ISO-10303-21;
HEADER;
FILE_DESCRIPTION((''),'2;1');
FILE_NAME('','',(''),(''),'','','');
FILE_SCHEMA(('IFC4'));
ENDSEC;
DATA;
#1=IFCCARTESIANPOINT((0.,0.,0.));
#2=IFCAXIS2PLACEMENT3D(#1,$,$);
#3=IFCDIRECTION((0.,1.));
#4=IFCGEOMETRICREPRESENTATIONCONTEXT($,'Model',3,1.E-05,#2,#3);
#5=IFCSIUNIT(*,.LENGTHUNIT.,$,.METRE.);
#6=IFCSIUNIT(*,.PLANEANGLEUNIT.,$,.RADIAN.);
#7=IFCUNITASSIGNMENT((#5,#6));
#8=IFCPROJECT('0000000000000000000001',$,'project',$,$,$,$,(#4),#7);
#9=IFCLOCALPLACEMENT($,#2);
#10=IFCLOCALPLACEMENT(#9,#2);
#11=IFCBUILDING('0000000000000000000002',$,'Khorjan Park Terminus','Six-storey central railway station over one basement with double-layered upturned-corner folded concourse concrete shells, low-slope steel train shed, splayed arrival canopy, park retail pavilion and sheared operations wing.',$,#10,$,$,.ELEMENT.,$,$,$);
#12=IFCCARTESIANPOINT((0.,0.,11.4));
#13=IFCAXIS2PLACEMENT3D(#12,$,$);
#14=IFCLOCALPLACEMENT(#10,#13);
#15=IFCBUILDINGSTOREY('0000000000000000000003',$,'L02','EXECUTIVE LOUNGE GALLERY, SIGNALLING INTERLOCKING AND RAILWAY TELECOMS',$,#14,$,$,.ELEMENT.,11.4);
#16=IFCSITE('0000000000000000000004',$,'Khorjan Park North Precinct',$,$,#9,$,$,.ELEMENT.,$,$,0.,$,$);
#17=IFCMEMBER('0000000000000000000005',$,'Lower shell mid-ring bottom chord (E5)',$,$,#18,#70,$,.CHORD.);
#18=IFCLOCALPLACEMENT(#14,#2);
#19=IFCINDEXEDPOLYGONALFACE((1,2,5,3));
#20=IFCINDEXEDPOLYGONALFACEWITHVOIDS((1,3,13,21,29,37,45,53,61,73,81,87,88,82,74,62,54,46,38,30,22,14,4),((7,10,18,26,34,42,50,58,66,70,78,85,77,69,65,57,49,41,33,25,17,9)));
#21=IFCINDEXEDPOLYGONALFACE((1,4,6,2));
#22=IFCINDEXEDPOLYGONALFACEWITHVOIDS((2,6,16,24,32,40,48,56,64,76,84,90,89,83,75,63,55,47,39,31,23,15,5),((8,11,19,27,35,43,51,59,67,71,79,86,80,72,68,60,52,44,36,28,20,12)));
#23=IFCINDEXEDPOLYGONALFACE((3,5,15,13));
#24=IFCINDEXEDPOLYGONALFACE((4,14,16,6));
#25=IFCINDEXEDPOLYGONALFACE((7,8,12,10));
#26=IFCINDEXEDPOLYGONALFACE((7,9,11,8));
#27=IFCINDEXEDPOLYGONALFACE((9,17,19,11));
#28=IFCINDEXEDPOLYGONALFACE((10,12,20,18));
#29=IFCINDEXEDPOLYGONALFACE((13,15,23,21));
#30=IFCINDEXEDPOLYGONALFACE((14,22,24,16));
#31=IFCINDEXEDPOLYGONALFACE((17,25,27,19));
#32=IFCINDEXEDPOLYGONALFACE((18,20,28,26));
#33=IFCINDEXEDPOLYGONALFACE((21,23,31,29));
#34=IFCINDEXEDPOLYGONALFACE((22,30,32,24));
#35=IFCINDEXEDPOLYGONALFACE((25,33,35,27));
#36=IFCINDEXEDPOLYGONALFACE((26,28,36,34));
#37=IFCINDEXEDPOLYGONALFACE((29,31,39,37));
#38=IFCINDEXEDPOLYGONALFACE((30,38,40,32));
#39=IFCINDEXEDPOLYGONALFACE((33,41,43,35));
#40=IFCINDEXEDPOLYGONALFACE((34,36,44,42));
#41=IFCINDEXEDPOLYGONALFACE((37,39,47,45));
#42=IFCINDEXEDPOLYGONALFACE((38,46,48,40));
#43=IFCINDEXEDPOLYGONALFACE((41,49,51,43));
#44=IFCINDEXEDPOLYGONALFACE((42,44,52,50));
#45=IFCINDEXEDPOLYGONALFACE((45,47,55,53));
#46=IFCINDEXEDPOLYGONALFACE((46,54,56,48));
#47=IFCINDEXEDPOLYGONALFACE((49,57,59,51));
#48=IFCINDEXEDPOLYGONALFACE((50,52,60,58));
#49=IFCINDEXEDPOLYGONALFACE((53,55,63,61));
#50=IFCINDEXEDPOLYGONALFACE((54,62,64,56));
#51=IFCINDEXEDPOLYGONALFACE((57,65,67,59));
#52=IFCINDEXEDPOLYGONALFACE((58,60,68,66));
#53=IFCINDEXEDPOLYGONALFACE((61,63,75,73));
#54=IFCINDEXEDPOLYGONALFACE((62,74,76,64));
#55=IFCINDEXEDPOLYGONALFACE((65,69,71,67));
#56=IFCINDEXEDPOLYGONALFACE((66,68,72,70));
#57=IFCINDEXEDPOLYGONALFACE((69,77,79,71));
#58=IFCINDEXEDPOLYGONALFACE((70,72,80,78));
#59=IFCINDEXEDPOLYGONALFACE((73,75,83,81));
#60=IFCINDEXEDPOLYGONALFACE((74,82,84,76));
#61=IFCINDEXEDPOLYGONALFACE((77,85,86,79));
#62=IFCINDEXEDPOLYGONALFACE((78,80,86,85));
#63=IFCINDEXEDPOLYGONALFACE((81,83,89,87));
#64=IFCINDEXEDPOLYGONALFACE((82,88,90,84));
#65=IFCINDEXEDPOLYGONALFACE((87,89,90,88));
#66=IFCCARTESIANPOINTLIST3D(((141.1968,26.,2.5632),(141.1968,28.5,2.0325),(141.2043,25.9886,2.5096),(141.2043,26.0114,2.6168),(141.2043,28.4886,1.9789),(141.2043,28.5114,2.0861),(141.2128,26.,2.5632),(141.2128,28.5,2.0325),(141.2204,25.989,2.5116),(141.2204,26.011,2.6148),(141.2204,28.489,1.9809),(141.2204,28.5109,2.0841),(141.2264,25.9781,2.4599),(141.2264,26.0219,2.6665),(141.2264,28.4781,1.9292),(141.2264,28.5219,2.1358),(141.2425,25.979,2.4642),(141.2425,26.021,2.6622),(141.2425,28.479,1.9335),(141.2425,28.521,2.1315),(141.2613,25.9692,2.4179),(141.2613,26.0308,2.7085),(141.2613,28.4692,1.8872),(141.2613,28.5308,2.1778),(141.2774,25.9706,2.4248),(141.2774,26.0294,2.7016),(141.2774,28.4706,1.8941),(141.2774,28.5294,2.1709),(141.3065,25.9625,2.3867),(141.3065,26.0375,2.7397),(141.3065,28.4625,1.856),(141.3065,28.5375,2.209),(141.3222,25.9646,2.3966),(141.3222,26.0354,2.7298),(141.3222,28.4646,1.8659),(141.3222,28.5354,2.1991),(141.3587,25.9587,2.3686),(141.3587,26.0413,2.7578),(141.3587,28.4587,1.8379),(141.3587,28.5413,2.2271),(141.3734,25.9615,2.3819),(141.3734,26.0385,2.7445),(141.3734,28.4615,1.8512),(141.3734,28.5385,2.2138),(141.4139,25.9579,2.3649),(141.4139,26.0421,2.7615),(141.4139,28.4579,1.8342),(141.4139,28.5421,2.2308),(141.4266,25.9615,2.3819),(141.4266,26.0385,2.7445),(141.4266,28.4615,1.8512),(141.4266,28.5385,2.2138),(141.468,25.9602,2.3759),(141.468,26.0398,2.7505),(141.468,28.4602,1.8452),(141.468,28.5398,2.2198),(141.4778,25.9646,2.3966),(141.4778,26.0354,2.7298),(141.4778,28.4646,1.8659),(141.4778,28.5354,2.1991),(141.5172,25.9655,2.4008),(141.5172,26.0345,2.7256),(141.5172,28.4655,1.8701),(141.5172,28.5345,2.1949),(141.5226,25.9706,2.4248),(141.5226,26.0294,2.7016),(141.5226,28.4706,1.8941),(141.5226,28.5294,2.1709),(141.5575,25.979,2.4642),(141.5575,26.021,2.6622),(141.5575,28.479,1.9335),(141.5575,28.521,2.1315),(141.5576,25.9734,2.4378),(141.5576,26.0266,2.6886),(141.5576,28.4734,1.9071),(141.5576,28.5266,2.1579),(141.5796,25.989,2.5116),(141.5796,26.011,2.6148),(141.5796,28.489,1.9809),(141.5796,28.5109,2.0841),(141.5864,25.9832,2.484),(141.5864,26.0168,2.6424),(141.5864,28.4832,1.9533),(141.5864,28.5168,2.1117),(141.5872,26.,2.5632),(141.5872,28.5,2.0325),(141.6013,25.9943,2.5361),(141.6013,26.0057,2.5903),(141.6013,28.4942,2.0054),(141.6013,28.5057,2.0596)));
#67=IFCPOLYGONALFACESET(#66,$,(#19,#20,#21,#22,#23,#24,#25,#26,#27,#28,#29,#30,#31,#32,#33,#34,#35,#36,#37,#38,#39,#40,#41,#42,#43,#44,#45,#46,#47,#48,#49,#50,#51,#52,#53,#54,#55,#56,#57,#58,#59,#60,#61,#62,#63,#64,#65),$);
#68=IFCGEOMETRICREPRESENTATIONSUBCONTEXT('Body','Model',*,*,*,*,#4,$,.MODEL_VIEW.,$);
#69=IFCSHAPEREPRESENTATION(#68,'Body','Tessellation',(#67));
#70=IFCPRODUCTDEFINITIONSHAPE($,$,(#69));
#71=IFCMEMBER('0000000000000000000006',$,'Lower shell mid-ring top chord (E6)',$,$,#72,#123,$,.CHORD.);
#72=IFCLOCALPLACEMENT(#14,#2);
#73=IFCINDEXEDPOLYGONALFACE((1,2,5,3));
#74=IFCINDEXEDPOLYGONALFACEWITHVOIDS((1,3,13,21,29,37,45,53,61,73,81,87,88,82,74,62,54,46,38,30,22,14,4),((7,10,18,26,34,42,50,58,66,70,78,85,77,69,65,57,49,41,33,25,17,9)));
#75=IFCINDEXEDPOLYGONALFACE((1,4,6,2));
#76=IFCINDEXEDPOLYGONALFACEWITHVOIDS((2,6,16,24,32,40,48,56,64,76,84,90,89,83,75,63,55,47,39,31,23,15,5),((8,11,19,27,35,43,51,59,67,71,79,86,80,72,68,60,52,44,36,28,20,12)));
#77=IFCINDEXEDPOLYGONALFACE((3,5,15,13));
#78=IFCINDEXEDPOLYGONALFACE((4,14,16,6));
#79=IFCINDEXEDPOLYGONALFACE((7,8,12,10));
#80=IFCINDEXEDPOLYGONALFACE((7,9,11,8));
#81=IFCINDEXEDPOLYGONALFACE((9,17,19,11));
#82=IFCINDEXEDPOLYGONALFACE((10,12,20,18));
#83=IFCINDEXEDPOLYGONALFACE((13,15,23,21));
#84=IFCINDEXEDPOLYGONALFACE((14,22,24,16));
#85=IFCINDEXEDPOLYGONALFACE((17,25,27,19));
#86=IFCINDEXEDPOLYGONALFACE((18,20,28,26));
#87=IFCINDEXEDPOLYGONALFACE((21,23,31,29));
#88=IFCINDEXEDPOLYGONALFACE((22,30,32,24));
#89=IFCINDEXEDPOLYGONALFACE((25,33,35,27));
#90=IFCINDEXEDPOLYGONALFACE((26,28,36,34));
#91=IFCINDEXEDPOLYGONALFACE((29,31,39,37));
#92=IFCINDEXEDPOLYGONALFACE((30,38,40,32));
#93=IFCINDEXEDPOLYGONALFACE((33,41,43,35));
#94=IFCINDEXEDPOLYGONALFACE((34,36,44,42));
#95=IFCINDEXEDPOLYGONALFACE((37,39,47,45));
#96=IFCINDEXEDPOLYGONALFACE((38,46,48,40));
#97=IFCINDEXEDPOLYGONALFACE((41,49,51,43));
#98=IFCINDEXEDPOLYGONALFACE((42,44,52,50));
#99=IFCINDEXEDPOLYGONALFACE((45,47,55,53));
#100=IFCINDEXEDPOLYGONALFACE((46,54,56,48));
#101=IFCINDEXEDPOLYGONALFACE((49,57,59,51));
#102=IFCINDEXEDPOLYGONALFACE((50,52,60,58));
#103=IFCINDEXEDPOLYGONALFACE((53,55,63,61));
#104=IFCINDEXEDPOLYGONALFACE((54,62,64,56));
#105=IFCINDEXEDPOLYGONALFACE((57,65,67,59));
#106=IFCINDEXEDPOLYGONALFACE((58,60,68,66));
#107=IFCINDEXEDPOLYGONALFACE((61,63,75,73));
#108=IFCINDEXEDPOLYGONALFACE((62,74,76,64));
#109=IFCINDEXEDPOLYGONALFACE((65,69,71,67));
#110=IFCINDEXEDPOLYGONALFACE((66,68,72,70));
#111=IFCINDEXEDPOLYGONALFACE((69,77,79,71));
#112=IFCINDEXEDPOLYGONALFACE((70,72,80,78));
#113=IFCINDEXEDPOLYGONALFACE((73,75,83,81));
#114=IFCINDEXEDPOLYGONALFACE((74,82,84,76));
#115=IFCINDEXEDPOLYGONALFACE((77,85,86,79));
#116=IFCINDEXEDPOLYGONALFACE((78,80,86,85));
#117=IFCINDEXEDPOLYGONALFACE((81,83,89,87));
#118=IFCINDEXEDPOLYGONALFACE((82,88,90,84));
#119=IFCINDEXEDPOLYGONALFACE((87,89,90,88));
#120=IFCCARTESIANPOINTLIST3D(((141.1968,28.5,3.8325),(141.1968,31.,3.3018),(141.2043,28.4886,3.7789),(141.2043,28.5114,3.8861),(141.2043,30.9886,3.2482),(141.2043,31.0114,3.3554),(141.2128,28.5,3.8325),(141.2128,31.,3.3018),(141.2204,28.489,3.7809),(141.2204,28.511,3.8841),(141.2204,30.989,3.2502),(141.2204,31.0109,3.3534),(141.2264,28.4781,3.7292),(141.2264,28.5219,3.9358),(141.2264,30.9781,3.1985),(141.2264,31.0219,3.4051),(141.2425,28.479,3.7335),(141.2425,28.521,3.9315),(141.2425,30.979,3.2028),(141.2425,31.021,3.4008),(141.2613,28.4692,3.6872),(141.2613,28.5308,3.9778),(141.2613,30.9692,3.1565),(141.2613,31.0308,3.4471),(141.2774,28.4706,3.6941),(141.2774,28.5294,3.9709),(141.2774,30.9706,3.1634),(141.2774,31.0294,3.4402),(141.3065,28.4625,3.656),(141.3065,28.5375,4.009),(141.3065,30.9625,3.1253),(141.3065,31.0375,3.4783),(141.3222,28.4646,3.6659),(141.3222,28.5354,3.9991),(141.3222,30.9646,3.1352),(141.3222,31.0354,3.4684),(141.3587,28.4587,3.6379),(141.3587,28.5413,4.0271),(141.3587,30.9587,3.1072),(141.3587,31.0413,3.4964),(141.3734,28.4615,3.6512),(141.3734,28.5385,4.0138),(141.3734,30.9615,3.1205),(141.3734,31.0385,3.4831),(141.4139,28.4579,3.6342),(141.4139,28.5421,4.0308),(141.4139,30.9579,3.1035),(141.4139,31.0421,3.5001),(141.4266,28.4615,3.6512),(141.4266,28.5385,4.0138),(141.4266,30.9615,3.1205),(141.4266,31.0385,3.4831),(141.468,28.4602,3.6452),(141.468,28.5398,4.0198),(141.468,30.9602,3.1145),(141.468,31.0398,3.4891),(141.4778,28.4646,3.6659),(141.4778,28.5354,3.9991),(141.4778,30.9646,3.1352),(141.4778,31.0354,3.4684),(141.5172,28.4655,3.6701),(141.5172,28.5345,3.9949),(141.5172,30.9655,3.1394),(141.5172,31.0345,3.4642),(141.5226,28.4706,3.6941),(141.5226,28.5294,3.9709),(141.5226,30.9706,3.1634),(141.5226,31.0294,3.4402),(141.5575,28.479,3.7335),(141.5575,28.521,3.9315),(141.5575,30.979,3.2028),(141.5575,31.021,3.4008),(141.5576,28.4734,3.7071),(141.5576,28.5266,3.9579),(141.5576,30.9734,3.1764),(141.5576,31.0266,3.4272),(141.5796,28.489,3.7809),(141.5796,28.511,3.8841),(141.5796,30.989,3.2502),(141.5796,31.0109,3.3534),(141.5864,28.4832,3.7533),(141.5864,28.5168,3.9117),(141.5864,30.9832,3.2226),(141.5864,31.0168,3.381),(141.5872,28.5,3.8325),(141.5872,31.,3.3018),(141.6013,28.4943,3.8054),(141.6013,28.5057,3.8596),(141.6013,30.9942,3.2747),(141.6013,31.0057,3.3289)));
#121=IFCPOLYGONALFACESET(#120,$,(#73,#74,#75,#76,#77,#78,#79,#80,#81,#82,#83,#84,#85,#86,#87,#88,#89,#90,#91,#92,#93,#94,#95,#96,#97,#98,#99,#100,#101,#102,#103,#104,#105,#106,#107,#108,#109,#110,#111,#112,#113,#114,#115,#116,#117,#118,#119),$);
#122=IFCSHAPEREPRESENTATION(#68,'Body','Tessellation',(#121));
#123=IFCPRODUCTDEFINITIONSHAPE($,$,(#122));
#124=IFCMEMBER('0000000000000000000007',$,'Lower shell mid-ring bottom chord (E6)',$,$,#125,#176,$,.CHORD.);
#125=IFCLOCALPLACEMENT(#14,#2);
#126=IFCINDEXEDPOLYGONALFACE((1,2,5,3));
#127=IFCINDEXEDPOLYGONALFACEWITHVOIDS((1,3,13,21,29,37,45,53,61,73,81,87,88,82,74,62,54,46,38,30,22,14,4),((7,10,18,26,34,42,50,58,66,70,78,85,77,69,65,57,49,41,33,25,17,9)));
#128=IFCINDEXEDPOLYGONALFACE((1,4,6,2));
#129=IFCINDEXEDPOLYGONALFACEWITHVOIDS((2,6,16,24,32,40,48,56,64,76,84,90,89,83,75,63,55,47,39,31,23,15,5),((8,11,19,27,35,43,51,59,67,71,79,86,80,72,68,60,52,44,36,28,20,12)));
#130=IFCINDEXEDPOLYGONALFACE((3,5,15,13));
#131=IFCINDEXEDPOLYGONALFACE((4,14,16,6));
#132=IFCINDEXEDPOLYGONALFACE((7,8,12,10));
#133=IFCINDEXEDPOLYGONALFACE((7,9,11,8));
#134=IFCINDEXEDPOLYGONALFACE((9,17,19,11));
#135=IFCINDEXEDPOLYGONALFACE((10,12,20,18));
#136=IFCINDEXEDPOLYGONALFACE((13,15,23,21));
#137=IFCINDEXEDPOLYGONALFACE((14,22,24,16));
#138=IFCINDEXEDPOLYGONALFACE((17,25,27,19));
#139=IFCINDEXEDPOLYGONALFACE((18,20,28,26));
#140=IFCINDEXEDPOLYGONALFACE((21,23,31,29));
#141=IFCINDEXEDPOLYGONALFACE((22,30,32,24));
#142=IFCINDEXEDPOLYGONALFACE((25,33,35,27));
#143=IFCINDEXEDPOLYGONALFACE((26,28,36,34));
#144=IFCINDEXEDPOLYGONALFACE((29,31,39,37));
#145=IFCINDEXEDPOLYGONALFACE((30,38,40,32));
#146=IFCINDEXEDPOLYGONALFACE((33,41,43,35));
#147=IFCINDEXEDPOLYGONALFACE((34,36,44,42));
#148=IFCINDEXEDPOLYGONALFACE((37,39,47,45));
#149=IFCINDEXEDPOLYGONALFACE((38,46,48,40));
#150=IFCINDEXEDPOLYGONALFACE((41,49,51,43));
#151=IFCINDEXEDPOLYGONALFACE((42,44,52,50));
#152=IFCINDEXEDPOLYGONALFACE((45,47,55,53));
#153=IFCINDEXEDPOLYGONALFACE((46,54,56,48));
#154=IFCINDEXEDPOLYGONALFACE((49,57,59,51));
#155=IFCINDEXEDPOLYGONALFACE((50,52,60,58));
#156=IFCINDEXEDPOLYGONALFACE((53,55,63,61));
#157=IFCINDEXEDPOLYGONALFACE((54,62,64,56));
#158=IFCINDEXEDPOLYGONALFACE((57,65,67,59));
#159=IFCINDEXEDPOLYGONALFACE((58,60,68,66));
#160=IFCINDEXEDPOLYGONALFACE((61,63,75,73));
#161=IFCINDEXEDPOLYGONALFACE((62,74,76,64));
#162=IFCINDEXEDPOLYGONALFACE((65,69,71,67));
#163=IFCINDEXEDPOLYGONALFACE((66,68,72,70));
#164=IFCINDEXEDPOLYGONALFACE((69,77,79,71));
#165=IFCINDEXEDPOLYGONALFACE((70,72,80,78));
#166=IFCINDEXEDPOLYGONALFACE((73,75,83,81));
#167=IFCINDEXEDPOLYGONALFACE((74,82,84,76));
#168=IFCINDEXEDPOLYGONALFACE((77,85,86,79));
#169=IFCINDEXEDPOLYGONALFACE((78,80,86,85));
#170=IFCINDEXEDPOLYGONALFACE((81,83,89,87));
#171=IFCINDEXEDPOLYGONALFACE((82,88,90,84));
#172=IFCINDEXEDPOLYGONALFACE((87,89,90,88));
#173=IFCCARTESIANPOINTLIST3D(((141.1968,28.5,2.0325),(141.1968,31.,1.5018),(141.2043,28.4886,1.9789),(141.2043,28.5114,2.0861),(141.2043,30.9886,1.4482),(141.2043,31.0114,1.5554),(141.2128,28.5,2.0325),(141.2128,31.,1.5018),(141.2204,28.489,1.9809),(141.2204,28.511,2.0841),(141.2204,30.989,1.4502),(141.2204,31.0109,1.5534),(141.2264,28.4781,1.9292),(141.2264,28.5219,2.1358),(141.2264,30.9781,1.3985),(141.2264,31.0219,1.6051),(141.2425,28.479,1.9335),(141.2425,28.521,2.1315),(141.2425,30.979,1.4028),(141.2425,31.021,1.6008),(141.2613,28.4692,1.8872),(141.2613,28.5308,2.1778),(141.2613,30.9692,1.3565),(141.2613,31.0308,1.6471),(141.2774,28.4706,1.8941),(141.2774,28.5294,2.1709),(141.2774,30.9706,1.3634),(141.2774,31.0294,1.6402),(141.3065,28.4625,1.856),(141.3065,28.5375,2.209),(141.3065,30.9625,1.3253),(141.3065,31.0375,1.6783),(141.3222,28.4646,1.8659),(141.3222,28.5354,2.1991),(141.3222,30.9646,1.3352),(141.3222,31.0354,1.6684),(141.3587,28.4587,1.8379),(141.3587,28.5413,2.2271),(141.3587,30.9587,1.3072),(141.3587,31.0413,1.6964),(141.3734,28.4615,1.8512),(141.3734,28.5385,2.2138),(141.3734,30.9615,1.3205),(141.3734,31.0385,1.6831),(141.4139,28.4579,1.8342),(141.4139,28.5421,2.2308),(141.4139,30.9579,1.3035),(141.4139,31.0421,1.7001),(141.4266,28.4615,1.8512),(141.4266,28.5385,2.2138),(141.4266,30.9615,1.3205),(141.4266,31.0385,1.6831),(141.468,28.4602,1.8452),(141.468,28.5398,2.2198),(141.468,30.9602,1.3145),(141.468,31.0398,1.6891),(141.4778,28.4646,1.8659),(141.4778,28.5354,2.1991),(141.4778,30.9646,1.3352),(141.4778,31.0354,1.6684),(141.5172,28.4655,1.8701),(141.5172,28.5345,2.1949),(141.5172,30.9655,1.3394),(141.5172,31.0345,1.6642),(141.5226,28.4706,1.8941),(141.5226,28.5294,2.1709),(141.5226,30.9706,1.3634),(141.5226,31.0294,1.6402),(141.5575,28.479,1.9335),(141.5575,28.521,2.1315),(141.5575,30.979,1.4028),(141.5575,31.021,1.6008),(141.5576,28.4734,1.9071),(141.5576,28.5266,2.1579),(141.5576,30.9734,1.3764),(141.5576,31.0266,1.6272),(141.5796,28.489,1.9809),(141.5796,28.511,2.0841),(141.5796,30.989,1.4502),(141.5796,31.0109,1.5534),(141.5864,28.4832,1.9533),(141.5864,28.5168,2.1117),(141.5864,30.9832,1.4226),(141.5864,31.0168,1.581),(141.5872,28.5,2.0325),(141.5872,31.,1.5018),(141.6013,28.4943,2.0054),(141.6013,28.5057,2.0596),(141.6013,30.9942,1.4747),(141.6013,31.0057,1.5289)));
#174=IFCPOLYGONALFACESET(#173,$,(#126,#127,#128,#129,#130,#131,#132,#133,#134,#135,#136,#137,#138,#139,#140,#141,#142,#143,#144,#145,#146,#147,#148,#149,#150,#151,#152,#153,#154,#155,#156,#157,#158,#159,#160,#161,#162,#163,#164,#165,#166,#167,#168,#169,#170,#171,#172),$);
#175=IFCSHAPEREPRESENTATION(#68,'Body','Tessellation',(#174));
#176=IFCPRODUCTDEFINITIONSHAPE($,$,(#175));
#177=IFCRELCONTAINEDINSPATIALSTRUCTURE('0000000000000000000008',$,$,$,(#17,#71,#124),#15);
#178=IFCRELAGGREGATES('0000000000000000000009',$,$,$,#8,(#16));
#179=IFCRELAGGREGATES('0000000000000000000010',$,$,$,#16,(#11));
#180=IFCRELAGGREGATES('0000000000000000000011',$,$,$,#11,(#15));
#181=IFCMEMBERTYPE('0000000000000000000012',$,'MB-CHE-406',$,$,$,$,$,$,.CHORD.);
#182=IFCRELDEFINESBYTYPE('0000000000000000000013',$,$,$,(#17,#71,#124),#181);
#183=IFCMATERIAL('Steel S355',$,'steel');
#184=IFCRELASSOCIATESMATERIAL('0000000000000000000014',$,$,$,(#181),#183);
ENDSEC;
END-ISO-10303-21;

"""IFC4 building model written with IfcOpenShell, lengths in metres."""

from ifc_helpers import new_model, si_unit, direction, frame, origin, origin_2d, place, context, subcontext, project, spatial, hollow_circle, extrude, material, material_profile, profile_set, type_object, element, save


model = new_model("IFC4")

# Units and contexts
model_context = context("Model", 3, precision=1e-05, world=origin(), true_north=direction((0.0, 1.0)))
body_context = subcontext(model_context, "Body", "Model", "MODEL_VIEW")
ifc_project = project(units=[si_unit("LENGTHUNIT", "METRE"), si_unit("PLANEANGLEUNIT", "RADIAN")], contexts=[model_context])

# Site, building, storey
site_placement = place(None, origin())
site = spatial("IfcSite", under=ifc_project, at=site_placement, Name="Khorjan Park North Precinct", CompositionType="ELEMENT", RefElevation=0.0)
building_placement = place(site_placement, origin())
building = spatial("IfcBuilding", under=site, at=building_placement, Name="Khorjan Park Terminus", Description="Six-storey central railway station over one basement with double-layered upturned-corner folded concourse concrete shells, low-slope steel train shed, splayed arrival canopy, park retail pavilion and sheared operations wing.", CompositionType="ELEMENT")
storey_placement = place(building_placement, frame((0.0, 0.0, 11.4)))
storey = spatial("IfcBuildingStorey", under=building, at=storey_placement, Name="L02", Description="EXECUTIVE LOUNGE GALLERY, SIGNALLING INTERLOCKING AND RAILWAY TELECOMS", CompositionType="ELEMENT", Elevation=11.4)

# Shared definitions
ifc_material_1 = material(Name="Steel S355", Category="steel")

# Members
ifc_material_profile_1 = material_profile(ifc_material_1, hollow_circle(Radius=0.2032, WallThickness=0.016, at=origin_2d()), Name="CHS 406.4x16")
ifc_profile_set_1 = profile_set([ifc_material_profile_1], Name="Steel S355")
member_type_1 = type_object("IfcMemberType", Name="MB-CHE-406", PredefinedType="CHORD", material=ifc_profile_set_1)
for number, where, z_axis, x_axis, name in (
    (1, (141.4, 26.0, 2.5632), (0.0, 0.978203, -0.207653), (-1.0, 0.0, 0.0), "Lower shell mid-ring bottom chord (E5)"),
    (2, (141.4, 28.5, 3.8325), (0.0, 0.978203, -0.207653), (-1.0, 0.0, 0.0), "Lower shell mid-ring top chord (E6)"),
    (3, (141.4, 28.5, 2.0325), (0.0, 0.978203, -0.207653), (-1.0, 0.0, 0.0), "Lower shell mid-ring bottom chord (E6)"),
):
    element("IfcMember", number, at=place(storey_placement, frame(where, z_axis=z_axis, x_axis=x_axis)), inside=storey, type_object=member_type_1, Name=name, PredefinedType="CHORD", context=body_context, shape_type="SweptSolid", body=[
        extrude(hollow_circle(Radius=0.2032, WallThickness=0.016, at=origin_2d()), origin(), (0.0, 0.0, 1.0), 2.5557),
    ])

save(model, "model.ifc")
